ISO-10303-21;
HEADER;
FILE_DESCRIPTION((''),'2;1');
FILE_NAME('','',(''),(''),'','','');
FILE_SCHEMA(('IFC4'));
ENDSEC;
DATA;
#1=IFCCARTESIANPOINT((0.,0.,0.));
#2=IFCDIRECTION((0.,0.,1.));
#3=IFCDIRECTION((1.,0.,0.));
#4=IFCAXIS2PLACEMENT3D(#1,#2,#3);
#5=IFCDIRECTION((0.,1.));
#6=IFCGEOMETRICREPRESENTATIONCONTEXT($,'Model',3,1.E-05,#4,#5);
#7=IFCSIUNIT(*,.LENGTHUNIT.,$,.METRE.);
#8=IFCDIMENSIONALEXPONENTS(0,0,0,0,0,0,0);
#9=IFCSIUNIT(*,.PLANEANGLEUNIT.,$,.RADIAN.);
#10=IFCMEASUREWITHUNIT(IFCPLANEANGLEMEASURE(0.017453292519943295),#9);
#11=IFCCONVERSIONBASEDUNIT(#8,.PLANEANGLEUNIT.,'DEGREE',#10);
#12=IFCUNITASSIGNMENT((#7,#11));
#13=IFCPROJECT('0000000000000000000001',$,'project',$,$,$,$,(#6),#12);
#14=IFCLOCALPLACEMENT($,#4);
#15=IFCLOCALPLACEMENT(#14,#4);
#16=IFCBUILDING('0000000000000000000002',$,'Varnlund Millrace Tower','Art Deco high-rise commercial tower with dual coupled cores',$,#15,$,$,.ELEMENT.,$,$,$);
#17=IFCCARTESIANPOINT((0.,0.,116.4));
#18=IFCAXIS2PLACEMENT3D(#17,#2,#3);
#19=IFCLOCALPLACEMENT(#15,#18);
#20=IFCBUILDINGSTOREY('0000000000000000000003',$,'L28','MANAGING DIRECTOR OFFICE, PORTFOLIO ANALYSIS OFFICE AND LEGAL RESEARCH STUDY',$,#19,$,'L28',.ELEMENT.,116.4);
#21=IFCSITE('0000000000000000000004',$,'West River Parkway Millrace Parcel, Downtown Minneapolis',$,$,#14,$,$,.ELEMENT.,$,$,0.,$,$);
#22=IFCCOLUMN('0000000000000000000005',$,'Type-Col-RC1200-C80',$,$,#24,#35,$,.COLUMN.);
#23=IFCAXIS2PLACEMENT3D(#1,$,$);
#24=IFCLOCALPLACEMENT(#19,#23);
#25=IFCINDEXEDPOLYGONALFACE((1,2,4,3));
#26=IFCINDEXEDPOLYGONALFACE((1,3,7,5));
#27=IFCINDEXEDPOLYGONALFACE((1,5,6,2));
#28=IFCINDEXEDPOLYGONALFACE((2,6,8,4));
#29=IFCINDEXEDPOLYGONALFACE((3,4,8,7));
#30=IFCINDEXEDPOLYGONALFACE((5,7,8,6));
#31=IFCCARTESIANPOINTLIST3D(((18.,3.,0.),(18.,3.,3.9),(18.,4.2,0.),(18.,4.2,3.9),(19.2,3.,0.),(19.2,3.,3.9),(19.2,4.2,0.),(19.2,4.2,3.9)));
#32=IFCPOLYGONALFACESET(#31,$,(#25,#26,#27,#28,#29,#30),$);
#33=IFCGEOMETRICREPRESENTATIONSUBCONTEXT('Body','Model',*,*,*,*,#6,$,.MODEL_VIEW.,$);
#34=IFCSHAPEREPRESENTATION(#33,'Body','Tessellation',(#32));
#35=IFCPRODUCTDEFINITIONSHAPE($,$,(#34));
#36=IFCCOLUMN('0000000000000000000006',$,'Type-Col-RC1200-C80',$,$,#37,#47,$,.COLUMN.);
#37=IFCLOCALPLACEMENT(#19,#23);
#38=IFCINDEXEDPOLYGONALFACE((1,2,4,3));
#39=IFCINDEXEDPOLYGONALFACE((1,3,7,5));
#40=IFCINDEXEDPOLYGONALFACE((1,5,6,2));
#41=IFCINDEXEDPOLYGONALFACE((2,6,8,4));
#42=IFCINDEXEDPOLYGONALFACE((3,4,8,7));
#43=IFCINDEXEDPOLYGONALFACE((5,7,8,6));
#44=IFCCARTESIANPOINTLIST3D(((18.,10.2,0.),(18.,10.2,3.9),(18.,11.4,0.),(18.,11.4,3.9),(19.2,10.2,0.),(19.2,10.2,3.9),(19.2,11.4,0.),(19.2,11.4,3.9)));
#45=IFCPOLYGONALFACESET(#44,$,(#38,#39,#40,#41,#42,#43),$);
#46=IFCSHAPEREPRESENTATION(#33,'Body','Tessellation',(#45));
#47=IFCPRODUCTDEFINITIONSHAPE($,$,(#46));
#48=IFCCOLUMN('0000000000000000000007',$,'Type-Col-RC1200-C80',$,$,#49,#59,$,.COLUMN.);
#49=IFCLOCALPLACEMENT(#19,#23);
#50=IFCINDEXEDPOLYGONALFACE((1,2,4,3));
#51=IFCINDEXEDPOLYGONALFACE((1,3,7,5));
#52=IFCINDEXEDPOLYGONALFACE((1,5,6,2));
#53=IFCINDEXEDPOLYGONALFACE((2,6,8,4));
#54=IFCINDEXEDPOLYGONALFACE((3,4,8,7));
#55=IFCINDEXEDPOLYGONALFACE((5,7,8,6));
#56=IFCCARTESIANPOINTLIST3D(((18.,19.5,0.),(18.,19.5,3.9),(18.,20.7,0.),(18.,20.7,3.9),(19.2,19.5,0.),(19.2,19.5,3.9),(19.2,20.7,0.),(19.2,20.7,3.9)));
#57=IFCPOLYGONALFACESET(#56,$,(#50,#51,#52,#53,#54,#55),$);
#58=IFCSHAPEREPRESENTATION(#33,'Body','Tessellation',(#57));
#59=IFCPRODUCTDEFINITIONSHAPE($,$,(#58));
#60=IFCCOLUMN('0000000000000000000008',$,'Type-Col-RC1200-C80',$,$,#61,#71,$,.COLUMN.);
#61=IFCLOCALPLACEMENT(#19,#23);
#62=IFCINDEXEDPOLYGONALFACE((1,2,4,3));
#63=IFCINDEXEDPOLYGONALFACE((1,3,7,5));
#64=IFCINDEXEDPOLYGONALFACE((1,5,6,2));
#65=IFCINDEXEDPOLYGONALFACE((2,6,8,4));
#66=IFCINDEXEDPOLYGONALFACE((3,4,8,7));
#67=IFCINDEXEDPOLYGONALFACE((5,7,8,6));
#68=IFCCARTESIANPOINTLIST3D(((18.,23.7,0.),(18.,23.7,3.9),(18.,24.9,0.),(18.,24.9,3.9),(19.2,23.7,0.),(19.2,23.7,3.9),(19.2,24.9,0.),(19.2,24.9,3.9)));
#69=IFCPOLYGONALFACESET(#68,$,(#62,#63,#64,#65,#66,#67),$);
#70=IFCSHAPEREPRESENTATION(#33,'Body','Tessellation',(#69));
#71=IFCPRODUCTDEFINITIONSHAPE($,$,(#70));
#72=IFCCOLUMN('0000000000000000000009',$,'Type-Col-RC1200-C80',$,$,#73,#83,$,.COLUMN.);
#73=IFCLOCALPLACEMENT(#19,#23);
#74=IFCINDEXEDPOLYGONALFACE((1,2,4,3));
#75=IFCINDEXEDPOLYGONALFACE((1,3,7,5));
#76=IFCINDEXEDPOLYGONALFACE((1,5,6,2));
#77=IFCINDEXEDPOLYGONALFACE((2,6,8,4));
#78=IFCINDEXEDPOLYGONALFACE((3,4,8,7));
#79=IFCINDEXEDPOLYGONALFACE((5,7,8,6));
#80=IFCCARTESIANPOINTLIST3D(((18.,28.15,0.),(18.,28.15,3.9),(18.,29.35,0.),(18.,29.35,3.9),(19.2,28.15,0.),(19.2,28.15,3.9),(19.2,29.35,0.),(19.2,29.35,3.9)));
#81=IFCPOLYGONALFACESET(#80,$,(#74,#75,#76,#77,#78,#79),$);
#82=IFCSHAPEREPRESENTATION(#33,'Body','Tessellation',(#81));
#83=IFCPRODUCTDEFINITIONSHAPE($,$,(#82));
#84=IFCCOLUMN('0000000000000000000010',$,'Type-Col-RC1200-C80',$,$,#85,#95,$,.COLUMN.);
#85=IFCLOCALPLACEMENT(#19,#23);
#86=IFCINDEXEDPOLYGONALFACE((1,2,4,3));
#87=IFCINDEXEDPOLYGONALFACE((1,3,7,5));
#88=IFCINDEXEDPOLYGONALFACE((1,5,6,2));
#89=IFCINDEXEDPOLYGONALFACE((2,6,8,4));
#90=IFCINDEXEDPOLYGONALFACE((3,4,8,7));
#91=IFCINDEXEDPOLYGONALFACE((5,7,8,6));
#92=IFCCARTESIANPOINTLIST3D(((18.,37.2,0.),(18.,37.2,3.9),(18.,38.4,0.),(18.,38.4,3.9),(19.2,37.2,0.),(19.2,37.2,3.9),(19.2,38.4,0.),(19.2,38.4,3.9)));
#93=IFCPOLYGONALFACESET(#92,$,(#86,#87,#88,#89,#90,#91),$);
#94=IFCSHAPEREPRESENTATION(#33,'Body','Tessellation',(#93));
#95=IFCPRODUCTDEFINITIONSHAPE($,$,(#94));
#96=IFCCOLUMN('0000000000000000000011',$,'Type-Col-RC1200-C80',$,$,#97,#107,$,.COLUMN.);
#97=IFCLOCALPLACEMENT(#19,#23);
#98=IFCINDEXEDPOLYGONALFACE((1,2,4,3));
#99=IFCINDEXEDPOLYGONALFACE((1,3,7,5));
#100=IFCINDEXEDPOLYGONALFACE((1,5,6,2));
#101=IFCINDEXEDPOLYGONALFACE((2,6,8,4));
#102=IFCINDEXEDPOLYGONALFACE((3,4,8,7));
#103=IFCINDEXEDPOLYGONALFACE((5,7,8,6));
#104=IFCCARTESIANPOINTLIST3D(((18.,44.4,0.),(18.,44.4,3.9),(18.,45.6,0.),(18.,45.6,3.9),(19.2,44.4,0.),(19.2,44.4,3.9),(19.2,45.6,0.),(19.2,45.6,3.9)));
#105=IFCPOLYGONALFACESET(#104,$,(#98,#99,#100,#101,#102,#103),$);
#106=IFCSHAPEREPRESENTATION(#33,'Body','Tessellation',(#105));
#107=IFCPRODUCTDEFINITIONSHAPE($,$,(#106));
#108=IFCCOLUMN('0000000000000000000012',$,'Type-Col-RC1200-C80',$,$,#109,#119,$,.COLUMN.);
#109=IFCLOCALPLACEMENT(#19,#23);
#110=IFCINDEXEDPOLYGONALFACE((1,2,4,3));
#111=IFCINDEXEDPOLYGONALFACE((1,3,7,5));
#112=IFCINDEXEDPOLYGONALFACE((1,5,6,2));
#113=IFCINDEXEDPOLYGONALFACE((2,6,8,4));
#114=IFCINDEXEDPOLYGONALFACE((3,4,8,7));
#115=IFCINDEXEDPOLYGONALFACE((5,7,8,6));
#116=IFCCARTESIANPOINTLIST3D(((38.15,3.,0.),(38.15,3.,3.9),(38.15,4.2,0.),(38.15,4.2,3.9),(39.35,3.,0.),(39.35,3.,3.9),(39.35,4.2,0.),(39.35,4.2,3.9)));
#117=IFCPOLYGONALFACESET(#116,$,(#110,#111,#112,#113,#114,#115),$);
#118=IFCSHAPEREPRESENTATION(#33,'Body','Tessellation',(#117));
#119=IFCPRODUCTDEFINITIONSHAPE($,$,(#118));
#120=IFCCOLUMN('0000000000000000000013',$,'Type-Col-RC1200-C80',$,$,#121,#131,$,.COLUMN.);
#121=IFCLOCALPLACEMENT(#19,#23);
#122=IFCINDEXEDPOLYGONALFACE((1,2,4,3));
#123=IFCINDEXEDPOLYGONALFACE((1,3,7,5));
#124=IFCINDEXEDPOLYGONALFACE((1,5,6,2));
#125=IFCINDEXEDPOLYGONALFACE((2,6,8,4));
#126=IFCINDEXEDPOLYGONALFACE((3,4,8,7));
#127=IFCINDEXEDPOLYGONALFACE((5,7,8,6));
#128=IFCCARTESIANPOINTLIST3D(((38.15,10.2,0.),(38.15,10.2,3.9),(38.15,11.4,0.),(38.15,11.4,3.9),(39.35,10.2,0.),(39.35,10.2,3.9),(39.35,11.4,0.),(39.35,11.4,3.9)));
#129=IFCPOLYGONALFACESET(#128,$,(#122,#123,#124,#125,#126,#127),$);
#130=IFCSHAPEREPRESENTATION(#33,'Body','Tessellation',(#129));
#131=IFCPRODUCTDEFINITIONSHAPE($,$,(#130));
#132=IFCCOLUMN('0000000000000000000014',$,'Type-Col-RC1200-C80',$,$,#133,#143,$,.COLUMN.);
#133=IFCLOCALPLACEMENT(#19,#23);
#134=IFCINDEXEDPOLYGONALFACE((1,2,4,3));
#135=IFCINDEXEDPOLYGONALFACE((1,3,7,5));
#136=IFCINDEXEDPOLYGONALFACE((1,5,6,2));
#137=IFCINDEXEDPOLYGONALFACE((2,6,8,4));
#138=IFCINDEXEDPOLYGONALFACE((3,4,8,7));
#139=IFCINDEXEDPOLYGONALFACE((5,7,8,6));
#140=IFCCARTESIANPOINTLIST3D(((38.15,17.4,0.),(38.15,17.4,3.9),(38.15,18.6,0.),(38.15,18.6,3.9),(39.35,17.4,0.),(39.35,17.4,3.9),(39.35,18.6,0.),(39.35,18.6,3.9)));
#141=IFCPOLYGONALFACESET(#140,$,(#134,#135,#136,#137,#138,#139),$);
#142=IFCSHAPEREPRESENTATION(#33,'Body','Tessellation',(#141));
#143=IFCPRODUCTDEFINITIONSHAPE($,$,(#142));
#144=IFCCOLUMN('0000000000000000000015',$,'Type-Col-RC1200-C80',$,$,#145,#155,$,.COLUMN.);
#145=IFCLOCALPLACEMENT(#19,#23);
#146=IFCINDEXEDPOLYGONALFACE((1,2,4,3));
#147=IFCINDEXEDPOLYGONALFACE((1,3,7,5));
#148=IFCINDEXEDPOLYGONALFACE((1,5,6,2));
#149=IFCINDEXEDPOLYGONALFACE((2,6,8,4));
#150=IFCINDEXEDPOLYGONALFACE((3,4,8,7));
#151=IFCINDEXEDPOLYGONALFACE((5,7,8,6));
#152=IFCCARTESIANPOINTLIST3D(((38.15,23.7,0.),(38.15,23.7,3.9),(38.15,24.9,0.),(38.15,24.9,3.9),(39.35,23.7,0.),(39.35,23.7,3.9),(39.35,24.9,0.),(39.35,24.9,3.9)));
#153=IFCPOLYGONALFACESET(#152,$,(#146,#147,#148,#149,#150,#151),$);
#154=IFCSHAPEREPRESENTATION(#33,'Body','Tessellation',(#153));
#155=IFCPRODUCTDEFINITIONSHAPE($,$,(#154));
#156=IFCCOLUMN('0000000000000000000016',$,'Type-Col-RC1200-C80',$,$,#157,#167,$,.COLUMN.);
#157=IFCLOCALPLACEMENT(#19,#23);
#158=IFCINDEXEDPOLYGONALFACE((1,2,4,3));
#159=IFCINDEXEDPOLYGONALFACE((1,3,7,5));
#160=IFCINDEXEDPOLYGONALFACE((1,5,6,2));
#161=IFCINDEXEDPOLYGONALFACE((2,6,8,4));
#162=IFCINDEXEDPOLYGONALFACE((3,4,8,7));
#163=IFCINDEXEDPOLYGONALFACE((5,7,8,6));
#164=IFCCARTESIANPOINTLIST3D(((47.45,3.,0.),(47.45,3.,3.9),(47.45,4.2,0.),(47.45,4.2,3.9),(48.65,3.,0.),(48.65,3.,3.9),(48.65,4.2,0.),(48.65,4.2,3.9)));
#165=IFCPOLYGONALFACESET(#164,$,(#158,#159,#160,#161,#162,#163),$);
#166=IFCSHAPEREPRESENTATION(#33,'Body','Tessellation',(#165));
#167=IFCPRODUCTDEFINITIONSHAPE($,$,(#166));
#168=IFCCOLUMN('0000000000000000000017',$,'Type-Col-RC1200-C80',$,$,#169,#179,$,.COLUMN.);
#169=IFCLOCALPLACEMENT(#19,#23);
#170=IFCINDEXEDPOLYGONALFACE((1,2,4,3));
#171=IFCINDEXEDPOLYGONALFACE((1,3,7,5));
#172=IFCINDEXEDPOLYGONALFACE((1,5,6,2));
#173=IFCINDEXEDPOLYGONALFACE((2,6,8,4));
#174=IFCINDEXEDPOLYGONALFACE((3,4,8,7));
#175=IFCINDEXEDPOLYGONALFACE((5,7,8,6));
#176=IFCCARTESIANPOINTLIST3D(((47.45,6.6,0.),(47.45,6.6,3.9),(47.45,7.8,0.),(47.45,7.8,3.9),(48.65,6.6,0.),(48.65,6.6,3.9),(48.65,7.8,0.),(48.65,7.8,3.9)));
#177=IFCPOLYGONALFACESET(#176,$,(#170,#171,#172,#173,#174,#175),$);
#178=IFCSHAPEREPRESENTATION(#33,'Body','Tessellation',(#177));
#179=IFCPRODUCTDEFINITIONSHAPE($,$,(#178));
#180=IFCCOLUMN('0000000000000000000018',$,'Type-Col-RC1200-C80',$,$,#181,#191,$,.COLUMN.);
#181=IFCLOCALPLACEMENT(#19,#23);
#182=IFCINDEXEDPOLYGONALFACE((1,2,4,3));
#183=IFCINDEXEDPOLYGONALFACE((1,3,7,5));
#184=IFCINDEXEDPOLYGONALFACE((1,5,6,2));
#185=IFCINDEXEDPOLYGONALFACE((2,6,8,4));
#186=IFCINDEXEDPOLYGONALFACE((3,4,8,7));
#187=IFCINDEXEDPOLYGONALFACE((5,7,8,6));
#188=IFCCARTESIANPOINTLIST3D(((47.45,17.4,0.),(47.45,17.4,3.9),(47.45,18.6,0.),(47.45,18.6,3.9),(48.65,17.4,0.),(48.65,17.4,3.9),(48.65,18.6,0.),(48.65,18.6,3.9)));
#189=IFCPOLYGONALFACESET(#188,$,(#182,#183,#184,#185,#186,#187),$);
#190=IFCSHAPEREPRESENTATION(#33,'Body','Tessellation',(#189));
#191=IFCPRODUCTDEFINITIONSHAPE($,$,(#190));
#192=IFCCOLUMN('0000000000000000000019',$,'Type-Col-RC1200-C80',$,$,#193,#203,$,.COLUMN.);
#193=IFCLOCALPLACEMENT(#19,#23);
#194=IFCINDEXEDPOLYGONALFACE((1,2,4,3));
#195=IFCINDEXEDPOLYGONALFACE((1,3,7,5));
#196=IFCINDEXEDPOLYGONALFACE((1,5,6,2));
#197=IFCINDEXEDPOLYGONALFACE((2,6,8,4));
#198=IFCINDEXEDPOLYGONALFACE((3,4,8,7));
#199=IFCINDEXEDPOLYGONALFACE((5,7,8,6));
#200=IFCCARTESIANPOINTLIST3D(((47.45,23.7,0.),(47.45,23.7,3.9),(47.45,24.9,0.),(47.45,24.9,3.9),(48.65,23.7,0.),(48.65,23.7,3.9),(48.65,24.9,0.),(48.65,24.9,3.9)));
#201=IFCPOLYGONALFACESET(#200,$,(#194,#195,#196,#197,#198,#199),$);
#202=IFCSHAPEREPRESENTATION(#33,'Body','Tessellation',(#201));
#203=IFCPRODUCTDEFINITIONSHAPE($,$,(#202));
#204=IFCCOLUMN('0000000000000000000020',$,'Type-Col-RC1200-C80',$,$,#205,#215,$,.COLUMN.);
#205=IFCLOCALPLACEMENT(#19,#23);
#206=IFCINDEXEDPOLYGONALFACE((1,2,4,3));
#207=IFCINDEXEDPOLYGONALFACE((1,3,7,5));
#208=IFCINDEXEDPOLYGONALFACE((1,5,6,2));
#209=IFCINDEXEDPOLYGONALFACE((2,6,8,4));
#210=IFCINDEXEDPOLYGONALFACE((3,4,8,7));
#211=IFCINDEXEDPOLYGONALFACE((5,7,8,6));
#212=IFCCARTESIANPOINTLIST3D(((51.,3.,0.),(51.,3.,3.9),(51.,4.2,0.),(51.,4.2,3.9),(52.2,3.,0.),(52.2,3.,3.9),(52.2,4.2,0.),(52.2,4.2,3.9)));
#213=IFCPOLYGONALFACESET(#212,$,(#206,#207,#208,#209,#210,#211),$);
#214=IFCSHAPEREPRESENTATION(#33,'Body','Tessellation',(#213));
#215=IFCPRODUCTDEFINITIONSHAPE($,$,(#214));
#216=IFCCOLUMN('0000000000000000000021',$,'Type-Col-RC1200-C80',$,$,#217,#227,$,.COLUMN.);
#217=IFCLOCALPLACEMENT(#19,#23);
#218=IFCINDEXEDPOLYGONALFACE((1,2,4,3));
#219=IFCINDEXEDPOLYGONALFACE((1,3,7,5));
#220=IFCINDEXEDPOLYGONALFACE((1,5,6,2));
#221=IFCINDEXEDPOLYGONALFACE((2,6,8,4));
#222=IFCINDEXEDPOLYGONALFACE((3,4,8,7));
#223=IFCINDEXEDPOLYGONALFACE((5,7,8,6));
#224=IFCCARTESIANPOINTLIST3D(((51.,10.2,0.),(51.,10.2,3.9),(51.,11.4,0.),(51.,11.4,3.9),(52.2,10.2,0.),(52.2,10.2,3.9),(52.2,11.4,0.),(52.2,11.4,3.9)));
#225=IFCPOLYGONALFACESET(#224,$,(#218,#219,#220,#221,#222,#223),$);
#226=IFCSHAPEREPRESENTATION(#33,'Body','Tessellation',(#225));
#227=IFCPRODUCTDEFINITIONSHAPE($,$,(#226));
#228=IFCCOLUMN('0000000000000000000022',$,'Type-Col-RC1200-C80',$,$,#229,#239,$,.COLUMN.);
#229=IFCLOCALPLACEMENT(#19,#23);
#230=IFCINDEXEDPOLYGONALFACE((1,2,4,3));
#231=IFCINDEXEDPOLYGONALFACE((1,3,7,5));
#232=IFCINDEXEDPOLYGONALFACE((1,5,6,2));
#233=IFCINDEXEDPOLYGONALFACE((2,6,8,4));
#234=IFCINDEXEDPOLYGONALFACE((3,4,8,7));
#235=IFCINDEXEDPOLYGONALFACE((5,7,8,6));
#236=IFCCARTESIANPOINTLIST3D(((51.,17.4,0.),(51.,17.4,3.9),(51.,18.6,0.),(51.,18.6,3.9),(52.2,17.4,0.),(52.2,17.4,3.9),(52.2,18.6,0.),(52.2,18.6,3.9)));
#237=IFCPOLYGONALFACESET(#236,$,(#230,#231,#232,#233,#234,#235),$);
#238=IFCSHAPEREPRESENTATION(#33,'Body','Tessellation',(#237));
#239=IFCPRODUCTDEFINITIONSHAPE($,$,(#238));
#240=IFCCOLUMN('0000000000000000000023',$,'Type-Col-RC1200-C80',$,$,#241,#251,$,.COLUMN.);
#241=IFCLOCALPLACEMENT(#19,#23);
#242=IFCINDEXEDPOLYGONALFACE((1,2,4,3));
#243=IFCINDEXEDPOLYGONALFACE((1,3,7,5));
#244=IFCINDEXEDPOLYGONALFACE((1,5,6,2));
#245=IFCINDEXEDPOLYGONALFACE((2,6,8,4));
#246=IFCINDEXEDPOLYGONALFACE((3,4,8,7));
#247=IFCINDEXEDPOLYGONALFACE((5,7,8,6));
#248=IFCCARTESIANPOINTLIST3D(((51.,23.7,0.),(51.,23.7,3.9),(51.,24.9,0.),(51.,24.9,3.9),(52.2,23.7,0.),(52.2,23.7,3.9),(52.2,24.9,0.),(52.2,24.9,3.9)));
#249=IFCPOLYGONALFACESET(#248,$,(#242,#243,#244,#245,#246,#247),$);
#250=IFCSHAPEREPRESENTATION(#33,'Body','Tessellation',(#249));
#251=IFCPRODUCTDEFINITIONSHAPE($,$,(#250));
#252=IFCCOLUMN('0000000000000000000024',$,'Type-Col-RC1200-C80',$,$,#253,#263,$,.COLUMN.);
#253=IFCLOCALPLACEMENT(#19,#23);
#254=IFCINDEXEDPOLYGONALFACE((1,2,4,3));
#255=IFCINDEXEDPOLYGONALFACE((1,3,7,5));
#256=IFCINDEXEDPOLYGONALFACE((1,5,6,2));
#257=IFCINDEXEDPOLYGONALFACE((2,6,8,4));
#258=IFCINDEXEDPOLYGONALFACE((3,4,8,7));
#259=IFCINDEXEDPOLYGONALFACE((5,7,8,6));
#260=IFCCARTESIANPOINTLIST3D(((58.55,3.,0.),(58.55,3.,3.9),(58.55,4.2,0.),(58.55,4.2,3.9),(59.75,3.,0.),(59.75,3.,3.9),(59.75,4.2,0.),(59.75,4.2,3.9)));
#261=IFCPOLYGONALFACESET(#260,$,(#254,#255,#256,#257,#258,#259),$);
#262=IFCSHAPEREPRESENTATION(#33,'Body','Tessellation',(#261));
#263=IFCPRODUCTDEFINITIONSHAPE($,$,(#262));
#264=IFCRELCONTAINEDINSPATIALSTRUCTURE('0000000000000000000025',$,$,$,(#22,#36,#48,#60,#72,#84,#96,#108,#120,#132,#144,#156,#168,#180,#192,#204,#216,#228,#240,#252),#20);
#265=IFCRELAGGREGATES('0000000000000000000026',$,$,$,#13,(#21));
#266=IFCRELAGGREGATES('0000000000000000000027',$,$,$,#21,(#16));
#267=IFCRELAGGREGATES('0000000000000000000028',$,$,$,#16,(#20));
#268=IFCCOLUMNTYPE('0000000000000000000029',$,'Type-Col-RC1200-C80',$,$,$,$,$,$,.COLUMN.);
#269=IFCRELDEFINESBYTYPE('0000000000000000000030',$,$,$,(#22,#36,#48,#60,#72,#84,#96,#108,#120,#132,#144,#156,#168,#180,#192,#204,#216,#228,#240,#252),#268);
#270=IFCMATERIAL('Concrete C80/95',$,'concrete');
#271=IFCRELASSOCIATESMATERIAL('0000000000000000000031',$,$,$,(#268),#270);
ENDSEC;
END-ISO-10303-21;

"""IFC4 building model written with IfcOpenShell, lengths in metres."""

from ifc_helpers import new_model, entity, si_unit, converted_unit, direction, frame, origin_with_axes, origin_2d_with_axis, place, context, subcontext, project, spatial, rectangle, extrude, material, material_profile, profile_set, type_object, element, save


model = new_model("IFC4")

# Units and contexts
model_context = context("Model", 3, precision=1e-05, world=origin_with_axes(), true_north=direction((0.0, 1.0)))
body_context = subcontext(model_context, "Body", "Model", "MODEL_VIEW")
ifc_project = project(units=[si_unit("LENGTHUNIT", "METRE"), converted_unit("PLANEANGLEUNIT", "DEGREE", entity("IfcPlaneAngleMeasure", 0.017453292519943295), si_unit("PLANEANGLEUNIT", "RADIAN"), dimensions=[0, 0, 0, 0, 0, 0, 0])], contexts=[model_context])

# Site, building, storey
site_placement = place(None, origin_with_axes())
site = spatial("IfcSite", under=ifc_project, at=site_placement, Name="West River Parkway Millrace Parcel, Downtown Minneapolis", CompositionType="ELEMENT", RefElevation=0.0)
building_placement = place(site_placement, origin_with_axes())
building = spatial("IfcBuilding", under=site, at=building_placement, Name="Varnlund Millrace Tower", Description="Art Deco high-rise commercial tower with dual coupled cores", CompositionType="ELEMENT")
storey_placement = place(building_placement, frame((0.0, 0.0, 116.4), z_axis=(0.0, 0.0, 1.0), x_axis=(1.0, 0.0, 0.0)))
storey = spatial("IfcBuildingStorey", under=building, at=storey_placement, Name="L28", Description="MANAGING DIRECTOR OFFICE, PORTFOLIO ANALYSIS OFFICE AND LEGAL RESEARCH STUDY", LongName="L28", CompositionType="ELEMENT", Elevation=116.4)

# Columns
ifc_material_1 = material(Name="Concrete C80/95", Category="concrete")
ifc_material_profile = material_profile(ifc_material_1, rectangle(XDim=1.2, YDim=1.2, at=origin_2d_with_axis()), Name="Concrete C80/95")
ifc_profile_set = profile_set([ifc_material_profile], Name="Concrete C80/95")
column_type = type_object("IfcColumnType", Name="Type-Col-RC1200-C80", PredefinedType="COLUMN", material=ifc_profile_set)
for number, where, z_axis, x_axis, name in (
    (1, (18.6, 3.6, 0.0), (0.0, 0.0, 1.0), (1.0, 0.0, 0.0), "Type-Col-RC1200-C80"),
    (2, (18.6, 10.8, 0.0), (0.0, 0.0, 1.0), (1.0, 0.0, 0.0), "Type-Col-RC1200-C80"),
    (3, (18.6, 20.1, 0.0), (0.0, 0.0, 1.0), (1.0, 0.0, 0.0), "Type-Col-RC1200-C80"),
    (4, (18.6, 24.3, 0.0), (0.0, 0.0, 1.0), (1.0, 0.0, 0.0), "Type-Col-RC1200-C80"),
    (5, (18.6, 28.75, 0.0), (0.0, 0.0, 1.0), (1.0, 0.0, 0.0), "Type-Col-RC1200-C80"),
    (6, (18.6, 37.8, 0.0), (0.0, 0.0, 1.0), (1.0, 0.0, 0.0), "Type-Col-RC1200-C80"),
    (7, (18.6, 45.0, 0.0), (0.0, 0.0, 1.0), (1.0, 0.0, 0.0), "Type-Col-RC1200-C80"),
    (8, (38.75, 3.6, 0.0), (0.0, 0.0, 1.0), (1.0, 0.0, 0.0), "Type-Col-RC1200-C80"),
    (9, (38.75, 10.8, 0.0), (0.0, 0.0, 1.0), (1.0, 0.0, 0.0), "Type-Col-RC1200-C80"),
    (10, (38.75, 18.0, 0.0), (0.0, 0.0, 1.0), (1.0, 0.0, 0.0), "Type-Col-RC1200-C80"),
    (11, (38.75, 24.3, 0.0), (0.0, 0.0, 1.0), (1.0, 0.0, 0.0), "Type-Col-RC1200-C80"),
    (12, (48.05, 3.6, 0.0), (0.0, 0.0, 1.0), (1.0, 0.0, 0.0), "Type-Col-RC1200-C80"),
    (13, (48.05, 7.2, 0.0), (0.0, 0.0, 1.0), (1.0, 0.0, 0.0), "Type-Col-RC1200-C80"),
    (14, (48.05, 18.0, 0.0), (0.0, 0.0, 1.0), (1.0, 0.0, 0.0), "Type-Col-RC1200-C80"),
    (15, (48.05, 24.3, 0.0), (0.0, 0.0, 1.0), (1.0, 0.0, 0.0), "Type-Col-RC1200-C80"),
    (16, (51.6, 3.6, 0.0), (0.0, 0.0, 1.0), (1.0, 0.0, 0.0), "Type-Col-RC1200-C80"),
    (17, (51.6, 10.8, 0.0), (0.0, 0.0, 1.0), (1.0, 0.0, 0.0), "Type-Col-RC1200-C80"),
    (18, (51.6, 18.0, 0.0), (0.0, 0.0, 1.0), (1.0, 0.0, 0.0), "Type-Col-RC1200-C80"),
    (19, (51.6, 24.3, 0.0), (0.0, 0.0, 1.0), (1.0, 0.0, 0.0), "Type-Col-RC1200-C80"),
    (20, (59.15, 3.6, 0.0), (0.0, 0.0, 1.0), (1.0, 0.0, 0.0), "Type-Col-RC1200-C80"),
):
    element("IfcColumn", number, at=place(storey_placement, frame(where, z_axis=z_axis, x_axis=x_axis)), inside=storey, type_object=column_type, Name=name, PredefinedType="COLUMN", context=body_context, shape_type="SweptSolid", body=[
        extrude(rectangle(XDim=1.2, YDim=1.2, at=origin_2d_with_axis()), origin_with_axes(), (0.0, 0.0, 1.0), 3.9),
    ])

save(model, "model.ifc")
